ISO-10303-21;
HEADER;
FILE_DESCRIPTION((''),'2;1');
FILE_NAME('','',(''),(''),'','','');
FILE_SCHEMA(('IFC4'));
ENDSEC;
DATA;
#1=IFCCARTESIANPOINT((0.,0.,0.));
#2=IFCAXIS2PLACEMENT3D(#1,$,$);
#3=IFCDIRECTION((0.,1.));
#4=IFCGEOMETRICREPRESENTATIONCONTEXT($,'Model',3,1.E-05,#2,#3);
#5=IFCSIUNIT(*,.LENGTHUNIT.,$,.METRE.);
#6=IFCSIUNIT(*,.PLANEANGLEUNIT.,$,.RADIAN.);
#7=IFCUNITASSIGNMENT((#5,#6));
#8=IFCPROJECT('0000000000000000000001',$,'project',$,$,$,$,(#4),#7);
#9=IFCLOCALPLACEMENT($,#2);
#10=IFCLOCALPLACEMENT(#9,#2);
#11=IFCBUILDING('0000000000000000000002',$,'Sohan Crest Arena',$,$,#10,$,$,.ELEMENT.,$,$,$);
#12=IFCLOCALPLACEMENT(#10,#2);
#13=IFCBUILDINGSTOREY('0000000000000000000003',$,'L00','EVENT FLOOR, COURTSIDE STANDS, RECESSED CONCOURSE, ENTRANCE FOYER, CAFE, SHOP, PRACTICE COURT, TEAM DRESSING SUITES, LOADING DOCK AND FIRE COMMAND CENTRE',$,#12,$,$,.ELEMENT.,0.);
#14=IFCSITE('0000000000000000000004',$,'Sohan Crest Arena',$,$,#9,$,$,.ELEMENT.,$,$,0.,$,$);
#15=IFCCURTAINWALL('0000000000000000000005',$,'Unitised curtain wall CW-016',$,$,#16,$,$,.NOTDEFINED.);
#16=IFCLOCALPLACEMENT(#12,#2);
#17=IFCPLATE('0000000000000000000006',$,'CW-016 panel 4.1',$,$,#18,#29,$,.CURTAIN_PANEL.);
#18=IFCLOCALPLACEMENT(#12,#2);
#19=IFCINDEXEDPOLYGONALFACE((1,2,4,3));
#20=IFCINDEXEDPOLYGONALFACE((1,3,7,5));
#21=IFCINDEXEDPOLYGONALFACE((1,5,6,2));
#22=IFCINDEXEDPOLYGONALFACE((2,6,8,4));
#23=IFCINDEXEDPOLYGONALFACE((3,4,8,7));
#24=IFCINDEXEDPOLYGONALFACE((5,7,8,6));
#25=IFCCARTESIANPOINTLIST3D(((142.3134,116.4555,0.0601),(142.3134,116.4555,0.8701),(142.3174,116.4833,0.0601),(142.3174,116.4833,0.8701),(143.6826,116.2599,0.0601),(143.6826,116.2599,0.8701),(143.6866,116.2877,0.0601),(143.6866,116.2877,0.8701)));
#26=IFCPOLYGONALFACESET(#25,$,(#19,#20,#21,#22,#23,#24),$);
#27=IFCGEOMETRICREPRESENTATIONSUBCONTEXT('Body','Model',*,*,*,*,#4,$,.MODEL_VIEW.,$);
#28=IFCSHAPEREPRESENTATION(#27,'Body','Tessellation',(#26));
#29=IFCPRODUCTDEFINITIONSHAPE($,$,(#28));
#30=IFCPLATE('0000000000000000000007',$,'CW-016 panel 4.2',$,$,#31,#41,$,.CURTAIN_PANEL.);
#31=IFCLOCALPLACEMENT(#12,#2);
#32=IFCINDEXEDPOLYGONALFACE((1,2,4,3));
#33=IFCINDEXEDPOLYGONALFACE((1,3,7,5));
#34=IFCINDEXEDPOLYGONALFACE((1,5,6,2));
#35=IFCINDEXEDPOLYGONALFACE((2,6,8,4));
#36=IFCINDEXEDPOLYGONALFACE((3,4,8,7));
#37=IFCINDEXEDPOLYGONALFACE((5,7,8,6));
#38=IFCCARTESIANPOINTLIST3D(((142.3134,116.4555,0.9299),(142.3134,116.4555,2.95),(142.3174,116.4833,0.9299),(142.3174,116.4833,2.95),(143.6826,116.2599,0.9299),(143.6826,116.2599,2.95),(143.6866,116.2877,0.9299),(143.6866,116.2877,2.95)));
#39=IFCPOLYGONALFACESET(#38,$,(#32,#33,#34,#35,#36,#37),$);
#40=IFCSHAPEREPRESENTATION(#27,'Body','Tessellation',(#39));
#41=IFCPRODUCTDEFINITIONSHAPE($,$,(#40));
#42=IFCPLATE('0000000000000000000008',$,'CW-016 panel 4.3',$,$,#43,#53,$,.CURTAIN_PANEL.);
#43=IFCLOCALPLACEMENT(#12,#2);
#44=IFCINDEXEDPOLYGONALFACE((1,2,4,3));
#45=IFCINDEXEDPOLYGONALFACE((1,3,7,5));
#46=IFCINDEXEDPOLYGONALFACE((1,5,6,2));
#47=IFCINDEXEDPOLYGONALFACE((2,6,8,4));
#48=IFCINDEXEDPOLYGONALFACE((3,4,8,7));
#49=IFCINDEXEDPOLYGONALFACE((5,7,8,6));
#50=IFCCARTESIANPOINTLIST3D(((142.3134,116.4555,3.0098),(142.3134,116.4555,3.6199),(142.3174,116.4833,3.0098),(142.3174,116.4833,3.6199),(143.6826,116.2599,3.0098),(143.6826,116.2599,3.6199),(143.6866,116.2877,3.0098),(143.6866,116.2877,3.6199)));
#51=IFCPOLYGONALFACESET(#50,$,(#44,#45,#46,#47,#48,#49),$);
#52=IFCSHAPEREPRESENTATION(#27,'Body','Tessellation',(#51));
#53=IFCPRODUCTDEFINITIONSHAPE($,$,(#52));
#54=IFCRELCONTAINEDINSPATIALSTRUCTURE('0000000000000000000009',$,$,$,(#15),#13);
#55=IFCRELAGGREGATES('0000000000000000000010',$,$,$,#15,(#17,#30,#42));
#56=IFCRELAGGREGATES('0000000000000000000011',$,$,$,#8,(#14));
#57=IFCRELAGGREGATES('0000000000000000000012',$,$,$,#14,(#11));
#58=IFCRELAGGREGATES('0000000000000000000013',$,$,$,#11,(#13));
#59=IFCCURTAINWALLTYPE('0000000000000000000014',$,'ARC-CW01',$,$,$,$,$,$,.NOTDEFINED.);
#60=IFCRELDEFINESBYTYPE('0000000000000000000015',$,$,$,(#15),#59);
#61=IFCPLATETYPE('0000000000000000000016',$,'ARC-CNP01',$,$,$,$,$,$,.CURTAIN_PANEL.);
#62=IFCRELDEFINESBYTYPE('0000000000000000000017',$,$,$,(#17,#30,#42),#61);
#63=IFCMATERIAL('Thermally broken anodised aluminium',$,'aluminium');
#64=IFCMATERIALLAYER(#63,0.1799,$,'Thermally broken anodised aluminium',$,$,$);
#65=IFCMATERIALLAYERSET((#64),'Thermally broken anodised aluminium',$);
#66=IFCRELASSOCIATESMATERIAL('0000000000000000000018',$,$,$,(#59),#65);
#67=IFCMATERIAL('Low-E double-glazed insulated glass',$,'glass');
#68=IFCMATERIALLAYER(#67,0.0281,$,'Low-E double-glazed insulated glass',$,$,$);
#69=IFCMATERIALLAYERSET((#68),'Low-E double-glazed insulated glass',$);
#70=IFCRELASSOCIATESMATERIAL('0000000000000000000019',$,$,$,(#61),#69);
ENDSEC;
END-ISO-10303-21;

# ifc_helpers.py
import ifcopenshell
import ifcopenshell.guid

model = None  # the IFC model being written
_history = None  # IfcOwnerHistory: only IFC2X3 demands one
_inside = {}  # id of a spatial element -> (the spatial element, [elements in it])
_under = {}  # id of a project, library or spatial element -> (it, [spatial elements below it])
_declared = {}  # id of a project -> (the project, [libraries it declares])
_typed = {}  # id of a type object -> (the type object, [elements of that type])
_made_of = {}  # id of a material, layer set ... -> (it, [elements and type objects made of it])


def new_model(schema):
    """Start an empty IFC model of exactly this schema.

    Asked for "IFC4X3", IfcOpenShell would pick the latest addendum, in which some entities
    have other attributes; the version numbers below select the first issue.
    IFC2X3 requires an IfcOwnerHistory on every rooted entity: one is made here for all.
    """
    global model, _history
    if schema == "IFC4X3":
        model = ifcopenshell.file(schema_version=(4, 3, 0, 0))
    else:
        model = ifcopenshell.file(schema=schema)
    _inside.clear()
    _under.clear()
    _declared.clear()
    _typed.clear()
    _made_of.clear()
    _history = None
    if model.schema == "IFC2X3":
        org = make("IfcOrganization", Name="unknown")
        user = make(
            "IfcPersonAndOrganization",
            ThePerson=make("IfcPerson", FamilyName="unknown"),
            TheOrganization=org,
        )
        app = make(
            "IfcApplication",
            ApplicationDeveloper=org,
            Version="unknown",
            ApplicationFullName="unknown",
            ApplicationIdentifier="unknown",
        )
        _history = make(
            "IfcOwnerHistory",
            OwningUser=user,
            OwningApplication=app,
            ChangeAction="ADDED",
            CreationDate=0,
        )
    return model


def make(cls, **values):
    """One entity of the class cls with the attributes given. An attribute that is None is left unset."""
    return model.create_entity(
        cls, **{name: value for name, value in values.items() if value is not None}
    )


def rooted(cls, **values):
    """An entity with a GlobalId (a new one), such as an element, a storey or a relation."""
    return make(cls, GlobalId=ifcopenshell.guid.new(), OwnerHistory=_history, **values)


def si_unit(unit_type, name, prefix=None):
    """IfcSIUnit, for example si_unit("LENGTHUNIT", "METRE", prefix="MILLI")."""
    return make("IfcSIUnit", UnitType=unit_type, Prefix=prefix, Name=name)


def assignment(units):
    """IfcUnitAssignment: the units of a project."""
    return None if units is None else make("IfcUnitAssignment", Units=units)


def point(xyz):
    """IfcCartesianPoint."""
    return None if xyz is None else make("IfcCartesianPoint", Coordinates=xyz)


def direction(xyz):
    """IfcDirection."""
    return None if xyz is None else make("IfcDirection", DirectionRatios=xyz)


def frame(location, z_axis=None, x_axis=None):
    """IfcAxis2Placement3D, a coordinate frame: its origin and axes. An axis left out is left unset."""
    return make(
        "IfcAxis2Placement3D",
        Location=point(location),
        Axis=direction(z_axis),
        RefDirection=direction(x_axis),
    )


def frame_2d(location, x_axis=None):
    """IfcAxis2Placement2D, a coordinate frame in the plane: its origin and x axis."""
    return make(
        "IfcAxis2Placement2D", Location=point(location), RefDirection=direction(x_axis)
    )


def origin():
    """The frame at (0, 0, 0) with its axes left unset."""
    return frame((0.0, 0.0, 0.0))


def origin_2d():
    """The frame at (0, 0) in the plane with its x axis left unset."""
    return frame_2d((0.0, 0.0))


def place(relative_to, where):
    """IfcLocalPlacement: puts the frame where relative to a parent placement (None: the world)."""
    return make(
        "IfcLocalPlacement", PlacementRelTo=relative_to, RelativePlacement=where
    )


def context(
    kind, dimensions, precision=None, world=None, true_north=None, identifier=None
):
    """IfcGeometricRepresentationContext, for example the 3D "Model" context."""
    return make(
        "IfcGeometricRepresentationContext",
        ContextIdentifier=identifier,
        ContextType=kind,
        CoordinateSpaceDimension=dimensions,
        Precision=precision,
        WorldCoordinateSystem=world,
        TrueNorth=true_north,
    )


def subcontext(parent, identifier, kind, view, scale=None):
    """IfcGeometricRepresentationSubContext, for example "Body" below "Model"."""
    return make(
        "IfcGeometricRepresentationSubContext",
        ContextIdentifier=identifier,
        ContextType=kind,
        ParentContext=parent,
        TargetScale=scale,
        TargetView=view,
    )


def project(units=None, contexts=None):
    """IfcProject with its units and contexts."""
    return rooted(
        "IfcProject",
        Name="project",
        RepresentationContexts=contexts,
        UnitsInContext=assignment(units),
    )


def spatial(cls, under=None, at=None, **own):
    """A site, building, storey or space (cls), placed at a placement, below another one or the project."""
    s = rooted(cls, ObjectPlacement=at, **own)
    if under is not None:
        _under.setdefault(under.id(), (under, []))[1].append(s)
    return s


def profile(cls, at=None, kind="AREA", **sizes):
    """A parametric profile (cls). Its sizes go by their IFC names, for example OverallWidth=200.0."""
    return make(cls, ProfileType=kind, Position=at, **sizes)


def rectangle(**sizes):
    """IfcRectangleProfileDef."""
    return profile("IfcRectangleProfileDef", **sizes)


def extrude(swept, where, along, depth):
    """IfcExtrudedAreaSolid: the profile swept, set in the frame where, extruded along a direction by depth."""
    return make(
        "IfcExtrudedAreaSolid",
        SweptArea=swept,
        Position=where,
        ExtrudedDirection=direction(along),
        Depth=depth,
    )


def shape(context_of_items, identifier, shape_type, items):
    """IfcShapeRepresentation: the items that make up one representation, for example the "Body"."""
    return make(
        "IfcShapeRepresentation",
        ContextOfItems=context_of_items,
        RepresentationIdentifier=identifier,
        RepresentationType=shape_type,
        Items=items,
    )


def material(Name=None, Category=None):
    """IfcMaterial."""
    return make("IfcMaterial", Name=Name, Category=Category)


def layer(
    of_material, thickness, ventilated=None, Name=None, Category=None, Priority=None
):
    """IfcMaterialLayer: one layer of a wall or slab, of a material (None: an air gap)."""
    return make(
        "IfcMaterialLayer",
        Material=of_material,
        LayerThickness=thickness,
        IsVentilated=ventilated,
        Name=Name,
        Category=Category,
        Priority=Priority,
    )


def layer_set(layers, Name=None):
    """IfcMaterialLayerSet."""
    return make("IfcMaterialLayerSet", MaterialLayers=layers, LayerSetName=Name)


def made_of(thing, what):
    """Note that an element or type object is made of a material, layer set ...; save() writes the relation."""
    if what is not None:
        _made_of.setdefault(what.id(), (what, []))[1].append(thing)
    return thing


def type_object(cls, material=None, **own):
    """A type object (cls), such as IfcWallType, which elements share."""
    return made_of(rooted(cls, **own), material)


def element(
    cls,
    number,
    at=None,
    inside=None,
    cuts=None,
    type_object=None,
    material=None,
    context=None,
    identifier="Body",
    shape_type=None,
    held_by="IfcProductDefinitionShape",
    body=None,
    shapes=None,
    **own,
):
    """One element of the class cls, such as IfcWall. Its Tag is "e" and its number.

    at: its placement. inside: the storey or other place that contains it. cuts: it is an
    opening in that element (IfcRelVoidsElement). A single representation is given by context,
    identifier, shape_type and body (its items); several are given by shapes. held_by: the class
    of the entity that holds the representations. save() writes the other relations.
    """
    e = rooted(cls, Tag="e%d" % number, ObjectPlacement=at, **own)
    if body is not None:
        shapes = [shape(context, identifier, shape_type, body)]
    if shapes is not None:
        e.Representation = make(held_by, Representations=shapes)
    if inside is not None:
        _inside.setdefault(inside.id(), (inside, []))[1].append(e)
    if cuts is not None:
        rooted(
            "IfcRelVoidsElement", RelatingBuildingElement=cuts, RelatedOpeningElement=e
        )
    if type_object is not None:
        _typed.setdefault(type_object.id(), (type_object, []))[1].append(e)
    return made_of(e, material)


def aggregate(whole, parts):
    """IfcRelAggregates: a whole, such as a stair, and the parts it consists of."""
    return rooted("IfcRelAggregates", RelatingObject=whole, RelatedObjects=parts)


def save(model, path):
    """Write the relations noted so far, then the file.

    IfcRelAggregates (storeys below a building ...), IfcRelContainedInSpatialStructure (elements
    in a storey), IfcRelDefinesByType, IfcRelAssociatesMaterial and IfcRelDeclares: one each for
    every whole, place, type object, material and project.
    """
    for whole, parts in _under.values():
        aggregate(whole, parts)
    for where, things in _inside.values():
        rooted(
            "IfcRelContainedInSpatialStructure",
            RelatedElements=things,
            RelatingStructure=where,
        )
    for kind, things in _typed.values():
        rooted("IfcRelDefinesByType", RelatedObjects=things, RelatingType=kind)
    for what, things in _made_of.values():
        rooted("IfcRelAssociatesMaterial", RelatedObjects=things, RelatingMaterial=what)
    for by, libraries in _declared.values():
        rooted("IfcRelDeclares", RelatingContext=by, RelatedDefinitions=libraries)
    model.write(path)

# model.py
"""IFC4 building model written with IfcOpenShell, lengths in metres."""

from ifc_helpers import new_model, si_unit, direction, frame, origin, origin_2d, place, context, subcontext, project, spatial, rectangle, extrude, material, layer, layer_set, type_object, element, aggregate, save


model = new_model("IFC4")

# Units and contexts
model_context = context("Model", 3, precision=1e-05, world=origin(), true_north=direction((0.0, 1.0)))
body_context = subcontext(model_context, "Body", "Model", "MODEL_VIEW")
ifc_project = project(units=[si_unit("LENGTHUNIT", "METRE"), si_unit("PLANEANGLEUNIT", "RADIAN")], contexts=[model_context])

# Site, building, storey
site_placement = place(None, origin())
site = spatial("IfcSite", under=ifc_project, at=site_placement, Name="Sohan Crest Arena", CompositionType="ELEMENT", RefElevation=0.0)
building_placement = place(site_placement, origin())
building = spatial("IfcBuilding", under=site, at=building_placement, Name="Sohan Crest Arena", CompositionType="ELEMENT")
storey_placement = place(building_placement, origin())
storey = spatial("IfcBuildingStorey", under=building, at=storey_placement, Name="L00", Description="EVENT FLOOR, COURTSIDE STANDS, RECESSED CONCOURSE, ENTRANCE FOYER, CAFE, SHOP, PRACTICE COURT, TEAM DRESSING SUITES, LOADING DOCK AND FIRE COMMAND CENTRE", CompositionType="ELEMENT", Elevation=0.0)

# Curtain wall, plates
ifc_material_1 = material(Name="Thermally broken anodised aluminium", Category="aluminium")
ifc_layer_1 = layer(ifc_material_1, 0.1799, Name="Thermally broken anodised aluminium")
ifc_layer_set_1 = layer_set([ifc_layer_1], Name="Thermally broken anodised aluminium")
curtain_wall_type = type_object("IfcCurtainWallType", Name="ARC-CW01", PredefinedType="NOTDEFINED", material=ifc_layer_set_1)
curtain_wall_placement = place(storey_placement, origin())
curtain_wall = element("IfcCurtainWall", 1, at=curtain_wall_placement, inside=storey, type_object=curtain_wall_type, Name="Unitised curtain wall CW-016", PredefinedType="NOTDEFINED")
ifc_material_2 = material(Name="Low-E double-glazed insulated glass", Category="glass")
ifc_layer_2 = layer(ifc_material_2, 0.0281, Name="Low-E double-glazed insulated glass")
ifc_layer_set_2 = layer_set([ifc_layer_2], Name="Low-E double-glazed insulated glass")
plate_type = type_object("IfcPlateType", Name="ARC-CNP01", PredefinedType="CURTAIN_PANEL", material=ifc_layer_set_2)
plate_1_placement = place(storey_placement, frame((143.0, 116.3716, 0.0601), z_axis=(0.0, 0.0, 1.0), x_axis=(-0.989944, 0.141463, 0.0)))
plate_1 = element("IfcPlate", 2, at=plate_1_placement, type_object=plate_type, Name="CW-016 panel 4.1", PredefinedType="CURTAIN_PANEL", context=body_context, shape_type="SweptSolid", body=[
    extrude(rectangle(XDim=1.3831, YDim=0.0281, at=origin_2d()), origin(), (0.0, 0.0, 1.0), 0.8101),
])
plate_2_placement = place(storey_placement, frame((143.0, 116.3716, 0.9299), z_axis=(0.0, 0.0, 1.0), x_axis=(-0.989944, 0.141463, 0.0)))
plate_2 = element("IfcPlate", 3, at=plate_2_placement, type_object=plate_type, Name="CW-016 panel 4.2", PredefinedType="CURTAIN_PANEL", context=body_context, shape_type="SweptSolid", body=[
    extrude(rectangle(XDim=1.3831, YDim=0.0281, at=origin_2d()), origin(), (0.0, 0.0, 1.0), 2.02),
])
plate_3_placement = place(storey_placement, frame((143.0, 116.3716, 3.0098), z_axis=(0.0, 0.0, 1.0), x_axis=(-0.989944, 0.141463, 0.0)))
plate_3 = element("IfcPlate", 4, at=plate_3_placement, type_object=plate_type, Name="CW-016 panel 4.3", PredefinedType="CURTAIN_PANEL", context=body_context, shape_type="SweptSolid", body=[
    extrude(rectangle(XDim=1.3831, YDim=0.0281, at=origin_2d()), origin(), (0.0, 0.0, 1.0), 0.6101),
])
aggregate(curtain_wall, [plate_1, plate_2, plate_3])

save(model, "model.ifc")
